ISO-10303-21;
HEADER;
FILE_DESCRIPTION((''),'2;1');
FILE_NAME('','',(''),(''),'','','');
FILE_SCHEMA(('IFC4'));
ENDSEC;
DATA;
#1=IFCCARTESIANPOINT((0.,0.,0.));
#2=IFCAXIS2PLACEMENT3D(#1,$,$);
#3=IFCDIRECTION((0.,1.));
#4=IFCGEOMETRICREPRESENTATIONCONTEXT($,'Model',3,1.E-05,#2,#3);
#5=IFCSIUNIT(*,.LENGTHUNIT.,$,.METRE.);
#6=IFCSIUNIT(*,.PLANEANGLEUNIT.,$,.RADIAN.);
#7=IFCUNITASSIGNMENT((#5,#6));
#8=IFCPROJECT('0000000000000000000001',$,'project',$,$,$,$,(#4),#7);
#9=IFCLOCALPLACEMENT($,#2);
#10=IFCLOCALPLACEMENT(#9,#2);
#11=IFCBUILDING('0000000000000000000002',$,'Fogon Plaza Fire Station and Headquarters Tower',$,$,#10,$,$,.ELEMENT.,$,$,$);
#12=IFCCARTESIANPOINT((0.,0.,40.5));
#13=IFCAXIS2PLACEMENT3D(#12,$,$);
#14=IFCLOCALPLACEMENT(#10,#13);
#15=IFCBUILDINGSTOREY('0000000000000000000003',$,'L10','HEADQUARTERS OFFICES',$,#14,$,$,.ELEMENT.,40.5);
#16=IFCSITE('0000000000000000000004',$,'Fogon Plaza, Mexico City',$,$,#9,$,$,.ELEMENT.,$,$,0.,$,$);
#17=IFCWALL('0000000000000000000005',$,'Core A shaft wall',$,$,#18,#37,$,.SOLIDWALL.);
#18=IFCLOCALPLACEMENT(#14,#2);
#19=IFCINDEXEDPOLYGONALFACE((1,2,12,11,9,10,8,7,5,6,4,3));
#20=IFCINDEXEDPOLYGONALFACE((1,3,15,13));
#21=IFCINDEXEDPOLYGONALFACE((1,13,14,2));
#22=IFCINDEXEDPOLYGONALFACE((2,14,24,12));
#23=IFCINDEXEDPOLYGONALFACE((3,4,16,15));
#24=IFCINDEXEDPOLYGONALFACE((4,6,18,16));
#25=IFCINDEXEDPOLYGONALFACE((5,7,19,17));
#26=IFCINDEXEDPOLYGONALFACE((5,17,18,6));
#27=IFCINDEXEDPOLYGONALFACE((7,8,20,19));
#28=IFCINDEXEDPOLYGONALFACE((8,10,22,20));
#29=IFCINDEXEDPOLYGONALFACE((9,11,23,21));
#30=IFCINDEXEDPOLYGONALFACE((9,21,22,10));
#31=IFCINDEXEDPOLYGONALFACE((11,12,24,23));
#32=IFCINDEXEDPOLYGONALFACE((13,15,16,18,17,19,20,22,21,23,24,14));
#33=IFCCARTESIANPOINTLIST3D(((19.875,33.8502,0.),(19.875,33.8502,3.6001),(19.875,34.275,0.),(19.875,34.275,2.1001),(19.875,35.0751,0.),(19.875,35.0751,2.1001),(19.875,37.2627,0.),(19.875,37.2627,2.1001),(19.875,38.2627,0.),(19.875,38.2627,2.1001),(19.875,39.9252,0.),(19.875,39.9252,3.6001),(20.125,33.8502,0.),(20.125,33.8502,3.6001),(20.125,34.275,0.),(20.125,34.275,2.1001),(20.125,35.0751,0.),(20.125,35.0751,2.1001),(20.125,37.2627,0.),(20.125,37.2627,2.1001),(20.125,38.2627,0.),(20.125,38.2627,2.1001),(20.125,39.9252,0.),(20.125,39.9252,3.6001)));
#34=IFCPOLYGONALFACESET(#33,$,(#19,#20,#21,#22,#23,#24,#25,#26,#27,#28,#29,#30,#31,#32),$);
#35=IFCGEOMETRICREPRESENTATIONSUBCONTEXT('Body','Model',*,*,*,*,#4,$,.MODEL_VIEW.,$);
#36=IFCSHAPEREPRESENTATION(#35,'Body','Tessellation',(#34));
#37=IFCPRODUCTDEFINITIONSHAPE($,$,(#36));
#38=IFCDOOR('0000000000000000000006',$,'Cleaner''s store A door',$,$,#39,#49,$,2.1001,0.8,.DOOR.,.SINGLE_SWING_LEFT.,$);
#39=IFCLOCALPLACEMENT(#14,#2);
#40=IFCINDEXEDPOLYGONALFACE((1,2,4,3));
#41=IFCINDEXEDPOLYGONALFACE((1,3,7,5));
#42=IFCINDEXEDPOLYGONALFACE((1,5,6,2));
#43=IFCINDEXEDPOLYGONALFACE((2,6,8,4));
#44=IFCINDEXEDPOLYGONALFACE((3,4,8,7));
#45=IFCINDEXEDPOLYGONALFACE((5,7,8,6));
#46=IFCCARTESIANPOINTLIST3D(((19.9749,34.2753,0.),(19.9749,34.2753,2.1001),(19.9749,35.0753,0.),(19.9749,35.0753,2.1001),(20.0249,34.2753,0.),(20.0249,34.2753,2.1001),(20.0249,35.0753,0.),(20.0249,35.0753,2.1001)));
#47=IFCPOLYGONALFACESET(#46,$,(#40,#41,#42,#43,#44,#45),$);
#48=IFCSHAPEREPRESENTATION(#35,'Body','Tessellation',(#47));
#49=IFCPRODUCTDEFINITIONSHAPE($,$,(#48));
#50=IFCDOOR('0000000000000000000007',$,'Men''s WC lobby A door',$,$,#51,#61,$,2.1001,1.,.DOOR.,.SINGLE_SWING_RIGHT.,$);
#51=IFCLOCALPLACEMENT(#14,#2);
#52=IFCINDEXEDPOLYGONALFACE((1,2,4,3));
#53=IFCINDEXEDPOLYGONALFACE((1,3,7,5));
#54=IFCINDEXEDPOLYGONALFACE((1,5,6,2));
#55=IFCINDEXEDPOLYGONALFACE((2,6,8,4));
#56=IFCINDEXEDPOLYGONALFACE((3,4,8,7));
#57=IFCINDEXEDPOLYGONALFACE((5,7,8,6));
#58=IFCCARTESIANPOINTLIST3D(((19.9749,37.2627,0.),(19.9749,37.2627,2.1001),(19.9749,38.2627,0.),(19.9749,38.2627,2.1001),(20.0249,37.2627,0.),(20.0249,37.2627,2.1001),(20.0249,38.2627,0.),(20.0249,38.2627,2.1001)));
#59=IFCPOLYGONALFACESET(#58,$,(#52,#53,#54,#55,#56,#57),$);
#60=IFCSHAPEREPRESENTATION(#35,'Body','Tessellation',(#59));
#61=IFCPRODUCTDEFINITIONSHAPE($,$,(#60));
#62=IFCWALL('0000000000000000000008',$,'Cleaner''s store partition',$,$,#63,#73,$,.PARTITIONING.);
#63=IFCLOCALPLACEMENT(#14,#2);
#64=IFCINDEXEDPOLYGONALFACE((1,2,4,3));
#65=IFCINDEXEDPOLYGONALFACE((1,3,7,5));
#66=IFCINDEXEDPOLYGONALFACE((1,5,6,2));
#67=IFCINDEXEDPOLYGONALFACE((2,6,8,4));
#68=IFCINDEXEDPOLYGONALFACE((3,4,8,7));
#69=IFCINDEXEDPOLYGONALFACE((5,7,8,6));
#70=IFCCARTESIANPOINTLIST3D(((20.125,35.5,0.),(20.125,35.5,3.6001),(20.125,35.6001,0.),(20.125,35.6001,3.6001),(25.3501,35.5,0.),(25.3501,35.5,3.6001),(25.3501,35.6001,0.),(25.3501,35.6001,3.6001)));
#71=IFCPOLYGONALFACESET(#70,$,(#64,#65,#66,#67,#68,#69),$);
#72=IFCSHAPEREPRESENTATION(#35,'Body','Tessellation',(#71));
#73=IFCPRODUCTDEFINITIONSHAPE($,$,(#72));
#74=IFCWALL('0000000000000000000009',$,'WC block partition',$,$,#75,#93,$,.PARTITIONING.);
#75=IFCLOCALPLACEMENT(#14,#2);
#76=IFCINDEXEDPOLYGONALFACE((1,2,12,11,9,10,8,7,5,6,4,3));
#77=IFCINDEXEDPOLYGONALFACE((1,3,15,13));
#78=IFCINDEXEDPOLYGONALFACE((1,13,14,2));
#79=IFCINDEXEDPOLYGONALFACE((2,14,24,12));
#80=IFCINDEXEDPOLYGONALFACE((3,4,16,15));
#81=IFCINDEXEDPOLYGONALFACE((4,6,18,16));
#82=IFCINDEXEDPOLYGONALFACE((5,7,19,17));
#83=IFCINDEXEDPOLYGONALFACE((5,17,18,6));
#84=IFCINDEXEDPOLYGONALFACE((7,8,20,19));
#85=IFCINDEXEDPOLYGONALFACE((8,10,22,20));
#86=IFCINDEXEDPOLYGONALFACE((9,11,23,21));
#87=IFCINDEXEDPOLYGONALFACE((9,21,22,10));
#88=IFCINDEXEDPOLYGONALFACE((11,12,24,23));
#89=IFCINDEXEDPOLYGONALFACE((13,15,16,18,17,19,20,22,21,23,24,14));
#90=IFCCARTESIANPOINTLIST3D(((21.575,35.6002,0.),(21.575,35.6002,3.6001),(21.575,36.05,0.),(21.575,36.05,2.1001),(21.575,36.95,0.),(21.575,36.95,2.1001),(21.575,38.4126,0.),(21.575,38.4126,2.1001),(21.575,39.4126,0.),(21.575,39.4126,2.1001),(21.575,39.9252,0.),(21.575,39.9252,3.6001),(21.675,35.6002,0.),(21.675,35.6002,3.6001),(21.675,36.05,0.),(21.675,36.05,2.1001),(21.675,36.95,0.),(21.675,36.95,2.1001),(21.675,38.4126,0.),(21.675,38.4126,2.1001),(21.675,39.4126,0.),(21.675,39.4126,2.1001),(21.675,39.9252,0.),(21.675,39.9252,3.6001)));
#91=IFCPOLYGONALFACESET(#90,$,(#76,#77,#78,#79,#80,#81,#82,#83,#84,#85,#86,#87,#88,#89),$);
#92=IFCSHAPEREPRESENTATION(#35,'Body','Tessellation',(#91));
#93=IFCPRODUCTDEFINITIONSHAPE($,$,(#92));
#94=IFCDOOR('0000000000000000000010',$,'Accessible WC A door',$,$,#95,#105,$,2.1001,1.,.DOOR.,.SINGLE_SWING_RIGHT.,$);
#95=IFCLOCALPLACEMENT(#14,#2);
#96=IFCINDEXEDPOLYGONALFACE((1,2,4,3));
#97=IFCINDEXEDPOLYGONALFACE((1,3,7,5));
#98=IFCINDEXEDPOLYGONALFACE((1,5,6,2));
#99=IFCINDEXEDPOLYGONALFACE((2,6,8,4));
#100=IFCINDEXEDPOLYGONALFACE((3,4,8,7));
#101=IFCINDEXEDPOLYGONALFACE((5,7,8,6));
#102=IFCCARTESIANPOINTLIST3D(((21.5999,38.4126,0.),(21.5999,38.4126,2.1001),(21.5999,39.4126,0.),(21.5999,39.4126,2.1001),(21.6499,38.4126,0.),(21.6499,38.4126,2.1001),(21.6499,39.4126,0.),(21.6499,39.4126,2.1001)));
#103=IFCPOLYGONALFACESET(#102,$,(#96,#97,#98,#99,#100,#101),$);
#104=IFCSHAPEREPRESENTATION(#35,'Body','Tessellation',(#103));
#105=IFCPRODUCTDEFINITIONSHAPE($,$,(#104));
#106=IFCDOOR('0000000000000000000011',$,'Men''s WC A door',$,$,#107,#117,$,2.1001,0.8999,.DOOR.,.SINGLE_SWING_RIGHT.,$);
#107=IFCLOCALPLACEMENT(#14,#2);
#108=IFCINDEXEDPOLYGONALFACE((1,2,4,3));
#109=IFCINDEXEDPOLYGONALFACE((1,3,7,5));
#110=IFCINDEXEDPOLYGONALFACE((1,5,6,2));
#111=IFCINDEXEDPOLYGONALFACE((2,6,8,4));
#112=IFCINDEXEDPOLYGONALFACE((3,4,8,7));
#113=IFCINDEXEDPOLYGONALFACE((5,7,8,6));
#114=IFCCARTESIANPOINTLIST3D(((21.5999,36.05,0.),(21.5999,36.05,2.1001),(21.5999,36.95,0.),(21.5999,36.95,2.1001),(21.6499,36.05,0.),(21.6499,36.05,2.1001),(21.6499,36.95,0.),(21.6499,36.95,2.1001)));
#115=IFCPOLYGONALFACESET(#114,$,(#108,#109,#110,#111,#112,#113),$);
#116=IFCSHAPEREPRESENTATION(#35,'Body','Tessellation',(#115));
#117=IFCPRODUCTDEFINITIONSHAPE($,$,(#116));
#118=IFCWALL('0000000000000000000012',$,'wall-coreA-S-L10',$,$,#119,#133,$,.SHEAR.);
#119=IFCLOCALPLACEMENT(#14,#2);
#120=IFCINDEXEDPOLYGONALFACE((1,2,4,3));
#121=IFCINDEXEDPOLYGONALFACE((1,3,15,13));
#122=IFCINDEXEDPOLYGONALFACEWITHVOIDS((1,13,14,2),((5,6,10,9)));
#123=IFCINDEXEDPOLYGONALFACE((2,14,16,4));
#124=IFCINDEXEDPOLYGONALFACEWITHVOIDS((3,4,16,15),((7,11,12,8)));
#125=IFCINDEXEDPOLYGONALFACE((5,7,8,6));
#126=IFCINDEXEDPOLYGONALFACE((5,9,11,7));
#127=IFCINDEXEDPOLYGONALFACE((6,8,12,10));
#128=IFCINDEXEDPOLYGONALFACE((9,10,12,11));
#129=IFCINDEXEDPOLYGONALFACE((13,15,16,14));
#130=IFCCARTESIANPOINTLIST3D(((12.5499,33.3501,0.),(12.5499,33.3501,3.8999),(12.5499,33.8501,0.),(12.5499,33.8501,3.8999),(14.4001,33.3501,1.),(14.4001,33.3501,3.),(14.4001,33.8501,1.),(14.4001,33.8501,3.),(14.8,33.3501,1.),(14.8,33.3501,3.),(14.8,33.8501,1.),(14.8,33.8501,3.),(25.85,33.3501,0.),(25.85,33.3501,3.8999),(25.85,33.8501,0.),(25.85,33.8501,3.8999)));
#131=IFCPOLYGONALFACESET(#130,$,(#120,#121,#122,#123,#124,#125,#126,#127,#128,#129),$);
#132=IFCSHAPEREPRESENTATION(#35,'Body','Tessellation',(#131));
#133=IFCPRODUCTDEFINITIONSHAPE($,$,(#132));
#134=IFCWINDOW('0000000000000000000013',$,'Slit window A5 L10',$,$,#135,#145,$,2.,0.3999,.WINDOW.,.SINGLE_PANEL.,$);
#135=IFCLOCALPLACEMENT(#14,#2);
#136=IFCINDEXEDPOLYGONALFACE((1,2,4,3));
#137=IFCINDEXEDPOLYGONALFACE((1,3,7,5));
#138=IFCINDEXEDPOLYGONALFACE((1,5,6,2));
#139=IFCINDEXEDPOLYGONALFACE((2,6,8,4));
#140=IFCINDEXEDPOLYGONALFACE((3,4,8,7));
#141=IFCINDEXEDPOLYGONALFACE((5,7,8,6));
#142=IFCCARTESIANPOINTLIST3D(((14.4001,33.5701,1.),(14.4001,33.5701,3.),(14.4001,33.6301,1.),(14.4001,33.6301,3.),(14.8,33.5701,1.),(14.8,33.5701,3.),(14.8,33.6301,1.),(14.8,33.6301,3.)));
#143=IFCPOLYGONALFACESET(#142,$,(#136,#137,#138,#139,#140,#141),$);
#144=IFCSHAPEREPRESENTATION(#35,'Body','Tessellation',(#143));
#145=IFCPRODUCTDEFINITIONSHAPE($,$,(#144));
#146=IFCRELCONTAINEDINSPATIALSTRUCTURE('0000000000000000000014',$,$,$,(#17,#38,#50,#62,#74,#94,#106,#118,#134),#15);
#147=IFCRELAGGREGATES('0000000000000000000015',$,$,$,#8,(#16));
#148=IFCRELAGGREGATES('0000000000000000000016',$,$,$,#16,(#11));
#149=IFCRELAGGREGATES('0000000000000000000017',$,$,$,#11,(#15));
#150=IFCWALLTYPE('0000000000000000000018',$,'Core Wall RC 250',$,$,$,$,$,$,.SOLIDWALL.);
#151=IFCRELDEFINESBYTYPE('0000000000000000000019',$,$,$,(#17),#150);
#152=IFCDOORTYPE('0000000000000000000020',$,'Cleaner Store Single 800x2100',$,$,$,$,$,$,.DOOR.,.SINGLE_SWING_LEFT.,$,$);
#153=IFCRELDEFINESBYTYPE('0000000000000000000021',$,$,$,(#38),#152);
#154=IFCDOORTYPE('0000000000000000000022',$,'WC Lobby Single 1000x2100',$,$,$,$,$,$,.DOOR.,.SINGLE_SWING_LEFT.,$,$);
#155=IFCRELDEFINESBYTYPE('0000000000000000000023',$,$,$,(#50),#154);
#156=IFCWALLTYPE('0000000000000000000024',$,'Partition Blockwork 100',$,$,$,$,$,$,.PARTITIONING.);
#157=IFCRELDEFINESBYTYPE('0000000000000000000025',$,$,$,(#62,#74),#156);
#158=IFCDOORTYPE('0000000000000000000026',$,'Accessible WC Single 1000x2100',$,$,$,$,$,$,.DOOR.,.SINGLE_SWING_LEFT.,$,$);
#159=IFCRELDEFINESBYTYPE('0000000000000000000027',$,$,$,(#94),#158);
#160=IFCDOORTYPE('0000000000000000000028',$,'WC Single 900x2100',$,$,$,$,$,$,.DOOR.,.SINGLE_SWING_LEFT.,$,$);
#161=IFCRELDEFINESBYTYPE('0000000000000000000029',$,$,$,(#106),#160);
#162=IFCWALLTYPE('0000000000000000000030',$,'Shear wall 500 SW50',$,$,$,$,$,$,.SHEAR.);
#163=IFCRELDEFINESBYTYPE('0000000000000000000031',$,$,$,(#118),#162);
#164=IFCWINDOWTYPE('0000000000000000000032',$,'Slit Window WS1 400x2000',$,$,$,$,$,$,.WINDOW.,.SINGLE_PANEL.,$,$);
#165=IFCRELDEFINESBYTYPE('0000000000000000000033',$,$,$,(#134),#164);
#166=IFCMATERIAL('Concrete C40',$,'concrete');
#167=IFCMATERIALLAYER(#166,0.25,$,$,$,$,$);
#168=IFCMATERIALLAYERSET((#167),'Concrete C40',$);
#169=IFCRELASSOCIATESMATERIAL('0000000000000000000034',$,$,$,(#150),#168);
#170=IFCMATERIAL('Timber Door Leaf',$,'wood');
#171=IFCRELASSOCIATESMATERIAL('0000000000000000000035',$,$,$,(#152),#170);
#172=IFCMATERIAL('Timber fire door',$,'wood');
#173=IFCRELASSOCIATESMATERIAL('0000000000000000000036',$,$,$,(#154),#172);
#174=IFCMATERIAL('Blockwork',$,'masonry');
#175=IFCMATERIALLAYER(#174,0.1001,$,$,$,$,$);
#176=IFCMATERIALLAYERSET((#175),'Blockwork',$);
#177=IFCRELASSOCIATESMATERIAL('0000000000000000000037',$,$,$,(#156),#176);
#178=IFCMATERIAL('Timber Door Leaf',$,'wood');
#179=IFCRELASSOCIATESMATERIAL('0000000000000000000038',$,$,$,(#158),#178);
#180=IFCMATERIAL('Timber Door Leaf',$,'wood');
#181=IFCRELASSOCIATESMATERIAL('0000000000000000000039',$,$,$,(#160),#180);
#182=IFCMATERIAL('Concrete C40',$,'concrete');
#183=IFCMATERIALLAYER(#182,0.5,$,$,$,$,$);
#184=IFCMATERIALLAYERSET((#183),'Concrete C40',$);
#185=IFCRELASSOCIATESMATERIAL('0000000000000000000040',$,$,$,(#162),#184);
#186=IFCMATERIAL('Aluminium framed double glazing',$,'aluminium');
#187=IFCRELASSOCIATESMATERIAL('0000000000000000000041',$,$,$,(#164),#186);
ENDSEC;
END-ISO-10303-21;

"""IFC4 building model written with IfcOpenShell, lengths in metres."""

from ifc_helpers import new_model, si_unit, direction, frame, frame_2d, origin, place, context, subcontext, project, spatial, rectangle, extrude, material, layer, layer_set, type_object, element, fill, save


model = new_model("IFC4")

# Units and contexts
model_context = context("Model", 3, precision=1e-05, world=origin(), true_north=direction((0.0, 1.0)))
body_context = subcontext(model_context, "Body", "Model", "MODEL_VIEW")
ifc_project = project(units=[si_unit("LENGTHUNIT", "METRE"), si_unit("PLANEANGLEUNIT", "RADIAN")], contexts=[model_context])

# Site, building, storey
site_placement = place(None, origin())
site = spatial("IfcSite", under=ifc_project, at=site_placement, Name="Fogon Plaza, Mexico City", CompositionType="ELEMENT", RefElevation=0.0)
building_placement = place(site_placement, origin())
building = spatial("IfcBuilding", under=site, at=building_placement, Name="Fogon Plaza Fire Station and Headquarters Tower", CompositionType="ELEMENT")
storey_placement = place(building_placement, frame((0.0, 0.0, 40.5)))
storey = spatial("IfcBuildingStorey", under=building, at=storey_placement, Name="L10", Description="HEADQUARTERS OFFICES", CompositionType="ELEMENT", Elevation=40.5)

# Shared definitions
ifc_material_1 = material(Name="Concrete C40", Category="concrete")
ifc_layer_1 = layer(ifc_material_1, 0.25)
ifc_layer_set_1 = layer_set([ifc_layer_1], Name="Concrete C40")
wall_type_1 = type_object("IfcWallType", Name="Core Wall RC 250", PredefinedType="SOLIDWALL", material=ifc_layer_set_1)

# Wall, openings, doors
wall_1_placement = place(storey_placement, frame((20.0, 33.8501, 0.0), z_axis=(0.0, 0.0, 1.0), x_axis=(0.0, 1.0, 0.0)))
wall_1 = element("IfcWall", 1, at=wall_1_placement, inside=storey, type_object=wall_type_1, Name="Core A shaft wall", PredefinedType="SOLIDWALL", context=body_context, shape_type="SweptSolid", body=[
    extrude(rectangle(XDim=6.075, YDim=0.25, at=frame_2d((3.0376, 0.0))), origin(), (0.0, 0.0, 1.0), 3.6001),
])
opening_1_placement = place(wall_1_placement, frame((0.425, 0.0, 0.0)))
opening_1 = element("IfcOpeningElement", 2, at=opening_1_placement, cuts=wall_1, PredefinedType="OPENING", context=body_context, shape_type="SweptSolid", body=[
    extrude(rectangle(XDim=0.8, YDim=2.1001, at=frame_2d((0.3999, 1.05))), frame((0.0, 0.135, 0.0), z_axis=(0.0, -1.0, 0.0), x_axis=(1.0, 0.0, 0.0)), (0.0, 0.0, 1.0), 0.27),
])
opening_2_placement = place(wall_1_placement, frame((3.4126, 0.0, 0.0)))
opening_2 = element("IfcOpeningElement", 3, at=opening_2_placement, cuts=wall_1, PredefinedType="OPENING", context=body_context, shape_type="SweptSolid", body=[
    extrude(rectangle(XDim=1.0, YDim=2.1001, at=frame_2d((0.5, 1.05))), frame((0.0, 0.135, 0.0), z_axis=(0.0, -1.0, 0.0), x_axis=(1.0, 0.0, 0.0)), (0.0, 0.0, 1.0), 0.27),
])
ifc_material_2 = material(Name="Timber Door Leaf", Category="wood")
door_type_1 = type_object("IfcDoorType", Name="Cleaner Store Single 800x2100", OperationType="SINGLE_SWING_LEFT", PredefinedType="DOOR", material=ifc_material_2)
door_1_placement = place(opening_1_placement, frame((0.8, 0.0, 0.0), z_axis=(0.0, 0.0, 1.0), x_axis=(-1.0, 0.0, 0.0)))
door_1 = element("IfcDoor", 4, at=door_1_placement, inside=storey, type_object=door_type_1, Name="Cleaner's store A door", OperationType="SINGLE_SWING_LEFT", OverallHeight=2.1001, OverallWidth=0.8, PredefinedType="DOOR", context=body_context, shape_type="SweptSolid", body=[
    extrude(rectangle(XDim=0.8, YDim=2.1001, at=frame_2d((0.3999, 1.05))), frame((0.0, 0.0249, 0.0), z_axis=(0.0, -1.0, 0.0), x_axis=(1.0, 0.0, 0.0)), (0.0, 0.0, 1.0), 0.05),
])
fill(opening_1, door_1)
ifc_material_3 = material(Name="Timber fire door", Category="wood")
door_type_2 = type_object("IfcDoorType", Name="WC Lobby Single 1000x2100", OperationType="SINGLE_SWING_LEFT", PredefinedType="DOOR", material=ifc_material_3)
door_2_placement = place(opening_2_placement, frame((1.0, 0.0, 0.0), z_axis=(0.0, 0.0, 1.0), x_axis=(-1.0, 0.0, 0.0)))
door_2 = element("IfcDoor", 5, at=door_2_placement, inside=storey, type_object=door_type_2, Name="Men's WC lobby A door", OperationType="SINGLE_SWING_RIGHT", OverallHeight=2.1001, OverallWidth=1.0, PredefinedType="DOOR", context=body_context, shape_type="SweptSolid", body=[
    extrude(rectangle(XDim=1.0, YDim=2.1001, at=frame_2d((0.5, 1.05))), frame((0.0, 0.0249, 0.0), z_axis=(0.0, -1.0, 0.0), x_axis=(1.0, 0.0, 0.0)), (0.0, 0.0, 1.0), 0.05),
])
fill(opening_2, door_2)

# Wall
ifc_material_4 = material(Name="Blockwork", Category="masonry")
ifc_layer_2 = layer(ifc_material_4, 0.1001)
ifc_layer_set_2 = layer_set([ifc_layer_2], Name="Blockwork")
wall_type_2 = type_object("IfcWallType", Name="Partition Blockwork 100", PredefinedType="PARTITIONING", material=ifc_layer_set_2)
wall_2_placement = place(storey_placement, frame((20.125, 35.55, 0.0), z_axis=(0.0, 0.0, 1.0), x_axis=(1.0, 0.0, 0.0)))
element("IfcWall", 6, at=wall_2_placement, inside=storey, type_object=wall_type_2, Name="Cleaner's store partition", PredefinedType="PARTITIONING", context=body_context, shape_type="SweptSolid", body=[
    extrude(rectangle(XDim=5.2251, YDim=0.1001, at=frame_2d((2.6125, 0.0))), origin(), (0.0, 0.0, 1.0), 3.6001),
])

# Wall, openings, doors
wall_3_placement = place(storey_placement, frame((21.625, 35.6001, 0.0), z_axis=(0.0, 0.0, 1.0), x_axis=(0.0, 1.0, 0.0)))
wall_3 = element("IfcWall", 7, at=wall_3_placement, inside=storey, type_object=wall_type_2, Name="WC block partition", PredefinedType="PARTITIONING", context=body_context, shape_type="SweptSolid", body=[
    extrude(rectangle(XDim=4.325, YDim=0.1001, at=frame_2d((2.1626, 0.0))), origin(), (0.0, 0.0, 1.0), 3.6001),
])
opening_3_placement = place(wall_3_placement, frame((0.45, 0.0, 0.0)))
opening_3 = element("IfcOpeningElement", 8, at=opening_3_placement, cuts=wall_3, PredefinedType="OPENING", context=body_context, shape_type="SweptSolid", body=[
    extrude(rectangle(XDim=0.8999, YDim=2.1001, at=frame_2d((0.45, 1.05))), frame((0.0, 0.0601, 0.0), z_axis=(0.0, -1.0, 0.0), x_axis=(1.0, 0.0, 0.0)), (0.0, 0.0, 1.0), 0.1201),
])
opening_4_placement = place(wall_3_placement, frame((2.8125, 0.0, 0.0)))
opening_4 = element("IfcOpeningElement", 9, at=opening_4_placement, cuts=wall_3, PredefinedType="OPENING", context=body_context, shape_type="SweptSolid", body=[
    extrude(rectangle(XDim=1.0, YDim=2.1001, at=frame_2d((0.5, 1.05))), frame((0.0, 0.0601, 0.0), z_axis=(0.0, -1.0, 0.0), x_axis=(1.0, 0.0, 0.0)), (0.0, 0.0, 1.0), 0.1201),
])
ifc_material_5 = material(Name="Timber Door Leaf", Category="wood")
door_type_3 = type_object("IfcDoorType", Name="Accessible WC Single 1000x2100", OperationType="SINGLE_SWING_LEFT", PredefinedType="DOOR", material=ifc_material_5)
door_3_placement = place(opening_4_placement, frame((1.0, 0.0, 0.0), z_axis=(0.0, 0.0, 1.0), x_axis=(-1.0, 0.0, 0.0)))
door_3 = element("IfcDoor", 10, at=door_3_placement, inside=storey, type_object=door_type_3, Name="Accessible WC A door", OperationType="SINGLE_SWING_RIGHT", OverallHeight=2.1001, OverallWidth=1.0, PredefinedType="DOOR", context=body_context, shape_type="SweptSolid", body=[
    extrude(rectangle(XDim=1.0, YDim=2.1001, at=frame_2d((0.5, 1.05))), frame((0.0, 0.0249, 0.0), z_axis=(0.0, -1.0, 0.0), x_axis=(1.0, 0.0, 0.0)), (0.0, 0.0, 1.0), 0.05),
])
fill(opening_4, door_3)
ifc_material_6 = material(Name="Timber Door Leaf", Category="wood")
door_type_4 = type_object("IfcDoorType", Name="WC Single 900x2100", OperationType="SINGLE_SWING_LEFT", PredefinedType="DOOR", material=ifc_material_6)
door_4_placement = place(opening_3_placement, frame((0.8999, 0.0, 0.0), z_axis=(0.0, 0.0, 1.0), x_axis=(-1.0, 0.0, 0.0)))
door_4 = element("IfcDoor", 11, at=door_4_placement, inside=storey, type_object=door_type_4, Name="Men's WC A door", OperationType="SINGLE_SWING_RIGHT", OverallHeight=2.1001, OverallWidth=0.8999, PredefinedType="DOOR", context=body_context, shape_type="SweptSolid", body=[
    extrude(rectangle(XDim=0.8999, YDim=2.1001, at=frame_2d((0.45, 1.05))), frame((0.0, 0.0249, 0.0), z_axis=(0.0, -1.0, 0.0), x_axis=(1.0, 0.0, 0.0)), (0.0, 0.0, 1.0), 0.05),
])
fill(opening_3, door_4)

# Wall, opening, window
ifc_material_7 = material(Name="Concrete C40", Category="concrete")
ifc_layer_3 = layer(ifc_material_7, 0.5)
ifc_layer_set_3 = layer_set([ifc_layer_3], Name="Concrete C40")
wall_type_3 = type_object("IfcWallType", Name="Shear wall 500 SW50", PredefinedType="SHEAR", material=ifc_layer_set_3)
wall_4_placement = place(storey_placement, frame((12.55, 33.6001, 0.0), z_axis=(0.0, 0.0, 1.0), x_axis=(1.0, 0.0, 0.0)))
wall_4 = element("IfcWall", 12, at=wall_4_placement, inside=storey, type_object=wall_type_3, Name="wall-coreA-S-L10", PredefinedType="SHEAR", context=body_context, shape_type="SweptSolid", body=[
    extrude(rectangle(XDim=13.3, YDim=0.5, at=frame_2d((6.6499, 0.0))), origin(), (0.0, 0.0, 1.0), 3.8999),
])
opening_5_placement = place(wall_4_placement, frame((1.8501, 0.0, 1.0)))
opening_5 = element("IfcOpeningElement", 13, at=opening_5_placement, cuts=wall_4, PredefinedType="OPENING", context=body_context, shape_type="SweptSolid", body=[
    extrude(rectangle(XDim=0.3999, YDim=2.0, at=frame_2d((0.2, 1.0))), frame((0.0, 0.26, 0.0), z_axis=(0.0, -1.0, 0.0), x_axis=(1.0, 0.0, 0.0)), (0.0, 0.0, 1.0), 0.52),
])
ifc_material_8 = material(Name="Aluminium framed double glazing", Category="aluminium")
window_type = type_object("IfcWindowType", Name="Slit Window WS1 400x2000", PartitioningType="SINGLE_PANEL", PredefinedType="WINDOW", material=ifc_material_8)
window_1_placement = place(opening_5_placement, origin())
window_1 = element("IfcWindow", 14, at=window_1_placement, inside=storey, type_object=window_type, Name="Slit window A5 L10", OverallHeight=2.0, OverallWidth=0.3999, PartitioningType="SINGLE_PANEL", PredefinedType="WINDOW", context=body_context, shape_type="SweptSolid", body=[
    extrude(rectangle(XDim=0.3999, YDim=2.0, at=frame_2d((0.2, 1.0))), frame((0.0, 0.03, 0.0), z_axis=(0.0, -1.0, 0.0), x_axis=(1.0, 0.0, 0.0)), (0.0, 0.0, 1.0), 0.0601),
])
fill(opening_5, window_1)

save(model, "model.ifc")
